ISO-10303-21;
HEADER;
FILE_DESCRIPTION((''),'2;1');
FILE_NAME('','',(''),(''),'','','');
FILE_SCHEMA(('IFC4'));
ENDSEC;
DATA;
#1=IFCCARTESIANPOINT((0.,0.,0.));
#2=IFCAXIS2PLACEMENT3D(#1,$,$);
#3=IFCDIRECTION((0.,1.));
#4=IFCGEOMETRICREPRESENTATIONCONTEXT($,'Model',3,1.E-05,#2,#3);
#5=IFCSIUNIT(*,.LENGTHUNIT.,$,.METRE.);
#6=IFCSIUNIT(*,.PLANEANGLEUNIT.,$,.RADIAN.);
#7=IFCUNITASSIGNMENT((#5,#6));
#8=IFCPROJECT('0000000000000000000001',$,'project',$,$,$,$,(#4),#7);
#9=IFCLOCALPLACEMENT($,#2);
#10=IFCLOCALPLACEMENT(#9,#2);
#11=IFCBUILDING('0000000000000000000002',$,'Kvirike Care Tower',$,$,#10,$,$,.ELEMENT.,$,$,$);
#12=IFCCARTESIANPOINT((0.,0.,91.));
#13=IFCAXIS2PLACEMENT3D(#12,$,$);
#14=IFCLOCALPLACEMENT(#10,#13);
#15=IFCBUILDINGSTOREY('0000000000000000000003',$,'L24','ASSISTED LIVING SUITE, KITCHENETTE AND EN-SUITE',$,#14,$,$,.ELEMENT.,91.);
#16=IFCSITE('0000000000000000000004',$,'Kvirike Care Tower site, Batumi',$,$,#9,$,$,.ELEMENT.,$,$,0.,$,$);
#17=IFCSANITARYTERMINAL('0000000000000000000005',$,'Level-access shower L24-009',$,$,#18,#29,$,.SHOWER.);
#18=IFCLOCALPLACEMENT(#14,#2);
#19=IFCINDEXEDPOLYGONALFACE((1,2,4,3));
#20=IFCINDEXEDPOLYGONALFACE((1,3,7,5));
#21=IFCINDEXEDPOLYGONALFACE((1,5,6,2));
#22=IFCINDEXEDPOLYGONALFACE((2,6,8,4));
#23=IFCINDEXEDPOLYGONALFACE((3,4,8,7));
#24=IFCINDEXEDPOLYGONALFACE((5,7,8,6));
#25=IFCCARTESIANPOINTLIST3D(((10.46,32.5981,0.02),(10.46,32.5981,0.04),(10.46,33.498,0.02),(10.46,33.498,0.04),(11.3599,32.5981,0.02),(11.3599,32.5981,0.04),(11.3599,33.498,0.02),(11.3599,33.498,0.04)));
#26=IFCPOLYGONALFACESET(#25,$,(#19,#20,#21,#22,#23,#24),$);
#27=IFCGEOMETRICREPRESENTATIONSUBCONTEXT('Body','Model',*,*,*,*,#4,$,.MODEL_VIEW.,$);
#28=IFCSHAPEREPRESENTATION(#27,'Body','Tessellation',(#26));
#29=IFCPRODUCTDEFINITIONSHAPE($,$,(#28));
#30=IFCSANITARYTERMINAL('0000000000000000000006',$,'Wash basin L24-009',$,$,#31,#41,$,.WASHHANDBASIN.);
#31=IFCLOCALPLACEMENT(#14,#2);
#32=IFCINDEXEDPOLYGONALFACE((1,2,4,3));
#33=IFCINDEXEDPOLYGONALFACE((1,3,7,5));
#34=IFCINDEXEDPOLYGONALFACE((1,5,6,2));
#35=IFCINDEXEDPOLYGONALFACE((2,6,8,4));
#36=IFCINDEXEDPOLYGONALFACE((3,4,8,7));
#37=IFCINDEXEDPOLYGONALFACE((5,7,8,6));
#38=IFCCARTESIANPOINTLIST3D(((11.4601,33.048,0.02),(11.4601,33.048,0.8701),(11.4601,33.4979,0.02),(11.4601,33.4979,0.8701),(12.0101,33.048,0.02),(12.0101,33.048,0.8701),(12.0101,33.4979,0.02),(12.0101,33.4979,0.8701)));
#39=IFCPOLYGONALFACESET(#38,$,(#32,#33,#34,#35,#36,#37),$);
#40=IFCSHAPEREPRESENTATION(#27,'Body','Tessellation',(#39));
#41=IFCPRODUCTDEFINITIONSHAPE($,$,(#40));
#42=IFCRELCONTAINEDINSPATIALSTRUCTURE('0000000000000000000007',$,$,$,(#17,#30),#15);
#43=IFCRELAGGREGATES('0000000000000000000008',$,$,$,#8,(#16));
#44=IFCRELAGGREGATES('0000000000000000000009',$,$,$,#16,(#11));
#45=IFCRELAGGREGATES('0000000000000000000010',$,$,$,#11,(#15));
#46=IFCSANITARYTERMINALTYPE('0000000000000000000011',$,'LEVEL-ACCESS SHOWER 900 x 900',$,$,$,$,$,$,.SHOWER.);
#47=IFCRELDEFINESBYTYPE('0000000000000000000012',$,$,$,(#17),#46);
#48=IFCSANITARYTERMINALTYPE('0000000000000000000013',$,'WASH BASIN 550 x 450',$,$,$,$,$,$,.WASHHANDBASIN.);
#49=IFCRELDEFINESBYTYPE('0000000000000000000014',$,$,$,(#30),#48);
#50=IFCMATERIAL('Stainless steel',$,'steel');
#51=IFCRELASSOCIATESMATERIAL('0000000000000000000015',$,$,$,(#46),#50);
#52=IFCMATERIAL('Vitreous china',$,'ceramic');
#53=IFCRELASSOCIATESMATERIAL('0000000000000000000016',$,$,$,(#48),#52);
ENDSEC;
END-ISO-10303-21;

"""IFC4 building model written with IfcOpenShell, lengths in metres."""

from ifc_helpers import new_model, si_unit, direction, frame, origin, origin_2d, place, context, subcontext, project, spatial, rectangle, extrude, material, type_object, element, save


model = new_model("IFC4")

# Units and contexts
model_context = context("Model", 3, precision=1e-05, world=origin(), true_north=direction((0.0, 1.0)))
body_context = subcontext(model_context, "Body", "Model", "MODEL_VIEW")
ifc_project = project(units=[si_unit("LENGTHUNIT", "METRE"), si_unit("PLANEANGLEUNIT", "RADIAN")], contexts=[model_context])

# Site, building, storey
site_placement = place(None, origin())
site = spatial("IfcSite", under=ifc_project, at=site_placement, Name="Kvirike Care Tower site, Batumi", CompositionType="ELEMENT", RefElevation=0.0)
building_placement = place(site_placement, origin())
building = spatial("IfcBuilding", under=site, at=building_placement, Name="Kvirike Care Tower", CompositionType="ELEMENT")
storey_placement = place(building_placement, frame((0.0, 0.0, 91.0)))
storey = spatial("IfcBuildingStorey", under=building, at=storey_placement, Name="L24", Description="ASSISTED LIVING SUITE, KITCHENETTE AND EN-SUITE", CompositionType="ELEMENT", Elevation=91.0)

# Sanitary terminals
ifc_material_1 = material(Name="Stainless steel", Category="steel")
sanitary_terminal_type_1 = type_object("IfcSanitaryTerminalType", Name="LEVEL-ACCESS SHOWER 900 x 900", PredefinedType="SHOWER", material=ifc_material_1)
sanitary_terminal_1_placement = place(storey_placement, frame((10.9099, 33.0481, 0.02), z_axis=(0.0, 0.0, 1.0), x_axis=(1.0, 0.0, 0.0)))
element("IfcSanitaryTerminal", 1, at=sanitary_terminal_1_placement, inside=storey, type_object=sanitary_terminal_type_1, Name="Level-access shower L24-009", PredefinedType="SHOWER", context=body_context, shape_type="SweptSolid", body=[
    extrude(rectangle(XDim=0.8999, YDim=0.8999, at=origin_2d()), origin(), (0.0, 0.0, 1.0), 0.02),
])
ifc_material_2 = material(Name="Vitreous china", Category="ceramic")
sanitary_terminal_type_2 = type_object("IfcSanitaryTerminalType", Name="WASH BASIN 550 x 450", PredefinedType="WASHHANDBASIN", material=ifc_material_2)
sanitary_terminal_2_placement = place(storey_placement, frame((11.7351, 33.2729, 0.02), z_axis=(0.0, 0.0, 1.0), x_axis=(1.0, 0.0, 0.0)))
element("IfcSanitaryTerminal", 2, at=sanitary_terminal_2_placement, inside=storey, type_object=sanitary_terminal_type_2, Name="Wash basin L24-009", PredefinedType="WASHHANDBASIN", context=body_context, shape_type="SweptSolid", body=[
    extrude(rectangle(XDim=0.55, YDim=0.45, at=origin_2d()), origin(), (0.0, 0.0, 1.0), 0.8501),
])

save(model, "model.ifc")
